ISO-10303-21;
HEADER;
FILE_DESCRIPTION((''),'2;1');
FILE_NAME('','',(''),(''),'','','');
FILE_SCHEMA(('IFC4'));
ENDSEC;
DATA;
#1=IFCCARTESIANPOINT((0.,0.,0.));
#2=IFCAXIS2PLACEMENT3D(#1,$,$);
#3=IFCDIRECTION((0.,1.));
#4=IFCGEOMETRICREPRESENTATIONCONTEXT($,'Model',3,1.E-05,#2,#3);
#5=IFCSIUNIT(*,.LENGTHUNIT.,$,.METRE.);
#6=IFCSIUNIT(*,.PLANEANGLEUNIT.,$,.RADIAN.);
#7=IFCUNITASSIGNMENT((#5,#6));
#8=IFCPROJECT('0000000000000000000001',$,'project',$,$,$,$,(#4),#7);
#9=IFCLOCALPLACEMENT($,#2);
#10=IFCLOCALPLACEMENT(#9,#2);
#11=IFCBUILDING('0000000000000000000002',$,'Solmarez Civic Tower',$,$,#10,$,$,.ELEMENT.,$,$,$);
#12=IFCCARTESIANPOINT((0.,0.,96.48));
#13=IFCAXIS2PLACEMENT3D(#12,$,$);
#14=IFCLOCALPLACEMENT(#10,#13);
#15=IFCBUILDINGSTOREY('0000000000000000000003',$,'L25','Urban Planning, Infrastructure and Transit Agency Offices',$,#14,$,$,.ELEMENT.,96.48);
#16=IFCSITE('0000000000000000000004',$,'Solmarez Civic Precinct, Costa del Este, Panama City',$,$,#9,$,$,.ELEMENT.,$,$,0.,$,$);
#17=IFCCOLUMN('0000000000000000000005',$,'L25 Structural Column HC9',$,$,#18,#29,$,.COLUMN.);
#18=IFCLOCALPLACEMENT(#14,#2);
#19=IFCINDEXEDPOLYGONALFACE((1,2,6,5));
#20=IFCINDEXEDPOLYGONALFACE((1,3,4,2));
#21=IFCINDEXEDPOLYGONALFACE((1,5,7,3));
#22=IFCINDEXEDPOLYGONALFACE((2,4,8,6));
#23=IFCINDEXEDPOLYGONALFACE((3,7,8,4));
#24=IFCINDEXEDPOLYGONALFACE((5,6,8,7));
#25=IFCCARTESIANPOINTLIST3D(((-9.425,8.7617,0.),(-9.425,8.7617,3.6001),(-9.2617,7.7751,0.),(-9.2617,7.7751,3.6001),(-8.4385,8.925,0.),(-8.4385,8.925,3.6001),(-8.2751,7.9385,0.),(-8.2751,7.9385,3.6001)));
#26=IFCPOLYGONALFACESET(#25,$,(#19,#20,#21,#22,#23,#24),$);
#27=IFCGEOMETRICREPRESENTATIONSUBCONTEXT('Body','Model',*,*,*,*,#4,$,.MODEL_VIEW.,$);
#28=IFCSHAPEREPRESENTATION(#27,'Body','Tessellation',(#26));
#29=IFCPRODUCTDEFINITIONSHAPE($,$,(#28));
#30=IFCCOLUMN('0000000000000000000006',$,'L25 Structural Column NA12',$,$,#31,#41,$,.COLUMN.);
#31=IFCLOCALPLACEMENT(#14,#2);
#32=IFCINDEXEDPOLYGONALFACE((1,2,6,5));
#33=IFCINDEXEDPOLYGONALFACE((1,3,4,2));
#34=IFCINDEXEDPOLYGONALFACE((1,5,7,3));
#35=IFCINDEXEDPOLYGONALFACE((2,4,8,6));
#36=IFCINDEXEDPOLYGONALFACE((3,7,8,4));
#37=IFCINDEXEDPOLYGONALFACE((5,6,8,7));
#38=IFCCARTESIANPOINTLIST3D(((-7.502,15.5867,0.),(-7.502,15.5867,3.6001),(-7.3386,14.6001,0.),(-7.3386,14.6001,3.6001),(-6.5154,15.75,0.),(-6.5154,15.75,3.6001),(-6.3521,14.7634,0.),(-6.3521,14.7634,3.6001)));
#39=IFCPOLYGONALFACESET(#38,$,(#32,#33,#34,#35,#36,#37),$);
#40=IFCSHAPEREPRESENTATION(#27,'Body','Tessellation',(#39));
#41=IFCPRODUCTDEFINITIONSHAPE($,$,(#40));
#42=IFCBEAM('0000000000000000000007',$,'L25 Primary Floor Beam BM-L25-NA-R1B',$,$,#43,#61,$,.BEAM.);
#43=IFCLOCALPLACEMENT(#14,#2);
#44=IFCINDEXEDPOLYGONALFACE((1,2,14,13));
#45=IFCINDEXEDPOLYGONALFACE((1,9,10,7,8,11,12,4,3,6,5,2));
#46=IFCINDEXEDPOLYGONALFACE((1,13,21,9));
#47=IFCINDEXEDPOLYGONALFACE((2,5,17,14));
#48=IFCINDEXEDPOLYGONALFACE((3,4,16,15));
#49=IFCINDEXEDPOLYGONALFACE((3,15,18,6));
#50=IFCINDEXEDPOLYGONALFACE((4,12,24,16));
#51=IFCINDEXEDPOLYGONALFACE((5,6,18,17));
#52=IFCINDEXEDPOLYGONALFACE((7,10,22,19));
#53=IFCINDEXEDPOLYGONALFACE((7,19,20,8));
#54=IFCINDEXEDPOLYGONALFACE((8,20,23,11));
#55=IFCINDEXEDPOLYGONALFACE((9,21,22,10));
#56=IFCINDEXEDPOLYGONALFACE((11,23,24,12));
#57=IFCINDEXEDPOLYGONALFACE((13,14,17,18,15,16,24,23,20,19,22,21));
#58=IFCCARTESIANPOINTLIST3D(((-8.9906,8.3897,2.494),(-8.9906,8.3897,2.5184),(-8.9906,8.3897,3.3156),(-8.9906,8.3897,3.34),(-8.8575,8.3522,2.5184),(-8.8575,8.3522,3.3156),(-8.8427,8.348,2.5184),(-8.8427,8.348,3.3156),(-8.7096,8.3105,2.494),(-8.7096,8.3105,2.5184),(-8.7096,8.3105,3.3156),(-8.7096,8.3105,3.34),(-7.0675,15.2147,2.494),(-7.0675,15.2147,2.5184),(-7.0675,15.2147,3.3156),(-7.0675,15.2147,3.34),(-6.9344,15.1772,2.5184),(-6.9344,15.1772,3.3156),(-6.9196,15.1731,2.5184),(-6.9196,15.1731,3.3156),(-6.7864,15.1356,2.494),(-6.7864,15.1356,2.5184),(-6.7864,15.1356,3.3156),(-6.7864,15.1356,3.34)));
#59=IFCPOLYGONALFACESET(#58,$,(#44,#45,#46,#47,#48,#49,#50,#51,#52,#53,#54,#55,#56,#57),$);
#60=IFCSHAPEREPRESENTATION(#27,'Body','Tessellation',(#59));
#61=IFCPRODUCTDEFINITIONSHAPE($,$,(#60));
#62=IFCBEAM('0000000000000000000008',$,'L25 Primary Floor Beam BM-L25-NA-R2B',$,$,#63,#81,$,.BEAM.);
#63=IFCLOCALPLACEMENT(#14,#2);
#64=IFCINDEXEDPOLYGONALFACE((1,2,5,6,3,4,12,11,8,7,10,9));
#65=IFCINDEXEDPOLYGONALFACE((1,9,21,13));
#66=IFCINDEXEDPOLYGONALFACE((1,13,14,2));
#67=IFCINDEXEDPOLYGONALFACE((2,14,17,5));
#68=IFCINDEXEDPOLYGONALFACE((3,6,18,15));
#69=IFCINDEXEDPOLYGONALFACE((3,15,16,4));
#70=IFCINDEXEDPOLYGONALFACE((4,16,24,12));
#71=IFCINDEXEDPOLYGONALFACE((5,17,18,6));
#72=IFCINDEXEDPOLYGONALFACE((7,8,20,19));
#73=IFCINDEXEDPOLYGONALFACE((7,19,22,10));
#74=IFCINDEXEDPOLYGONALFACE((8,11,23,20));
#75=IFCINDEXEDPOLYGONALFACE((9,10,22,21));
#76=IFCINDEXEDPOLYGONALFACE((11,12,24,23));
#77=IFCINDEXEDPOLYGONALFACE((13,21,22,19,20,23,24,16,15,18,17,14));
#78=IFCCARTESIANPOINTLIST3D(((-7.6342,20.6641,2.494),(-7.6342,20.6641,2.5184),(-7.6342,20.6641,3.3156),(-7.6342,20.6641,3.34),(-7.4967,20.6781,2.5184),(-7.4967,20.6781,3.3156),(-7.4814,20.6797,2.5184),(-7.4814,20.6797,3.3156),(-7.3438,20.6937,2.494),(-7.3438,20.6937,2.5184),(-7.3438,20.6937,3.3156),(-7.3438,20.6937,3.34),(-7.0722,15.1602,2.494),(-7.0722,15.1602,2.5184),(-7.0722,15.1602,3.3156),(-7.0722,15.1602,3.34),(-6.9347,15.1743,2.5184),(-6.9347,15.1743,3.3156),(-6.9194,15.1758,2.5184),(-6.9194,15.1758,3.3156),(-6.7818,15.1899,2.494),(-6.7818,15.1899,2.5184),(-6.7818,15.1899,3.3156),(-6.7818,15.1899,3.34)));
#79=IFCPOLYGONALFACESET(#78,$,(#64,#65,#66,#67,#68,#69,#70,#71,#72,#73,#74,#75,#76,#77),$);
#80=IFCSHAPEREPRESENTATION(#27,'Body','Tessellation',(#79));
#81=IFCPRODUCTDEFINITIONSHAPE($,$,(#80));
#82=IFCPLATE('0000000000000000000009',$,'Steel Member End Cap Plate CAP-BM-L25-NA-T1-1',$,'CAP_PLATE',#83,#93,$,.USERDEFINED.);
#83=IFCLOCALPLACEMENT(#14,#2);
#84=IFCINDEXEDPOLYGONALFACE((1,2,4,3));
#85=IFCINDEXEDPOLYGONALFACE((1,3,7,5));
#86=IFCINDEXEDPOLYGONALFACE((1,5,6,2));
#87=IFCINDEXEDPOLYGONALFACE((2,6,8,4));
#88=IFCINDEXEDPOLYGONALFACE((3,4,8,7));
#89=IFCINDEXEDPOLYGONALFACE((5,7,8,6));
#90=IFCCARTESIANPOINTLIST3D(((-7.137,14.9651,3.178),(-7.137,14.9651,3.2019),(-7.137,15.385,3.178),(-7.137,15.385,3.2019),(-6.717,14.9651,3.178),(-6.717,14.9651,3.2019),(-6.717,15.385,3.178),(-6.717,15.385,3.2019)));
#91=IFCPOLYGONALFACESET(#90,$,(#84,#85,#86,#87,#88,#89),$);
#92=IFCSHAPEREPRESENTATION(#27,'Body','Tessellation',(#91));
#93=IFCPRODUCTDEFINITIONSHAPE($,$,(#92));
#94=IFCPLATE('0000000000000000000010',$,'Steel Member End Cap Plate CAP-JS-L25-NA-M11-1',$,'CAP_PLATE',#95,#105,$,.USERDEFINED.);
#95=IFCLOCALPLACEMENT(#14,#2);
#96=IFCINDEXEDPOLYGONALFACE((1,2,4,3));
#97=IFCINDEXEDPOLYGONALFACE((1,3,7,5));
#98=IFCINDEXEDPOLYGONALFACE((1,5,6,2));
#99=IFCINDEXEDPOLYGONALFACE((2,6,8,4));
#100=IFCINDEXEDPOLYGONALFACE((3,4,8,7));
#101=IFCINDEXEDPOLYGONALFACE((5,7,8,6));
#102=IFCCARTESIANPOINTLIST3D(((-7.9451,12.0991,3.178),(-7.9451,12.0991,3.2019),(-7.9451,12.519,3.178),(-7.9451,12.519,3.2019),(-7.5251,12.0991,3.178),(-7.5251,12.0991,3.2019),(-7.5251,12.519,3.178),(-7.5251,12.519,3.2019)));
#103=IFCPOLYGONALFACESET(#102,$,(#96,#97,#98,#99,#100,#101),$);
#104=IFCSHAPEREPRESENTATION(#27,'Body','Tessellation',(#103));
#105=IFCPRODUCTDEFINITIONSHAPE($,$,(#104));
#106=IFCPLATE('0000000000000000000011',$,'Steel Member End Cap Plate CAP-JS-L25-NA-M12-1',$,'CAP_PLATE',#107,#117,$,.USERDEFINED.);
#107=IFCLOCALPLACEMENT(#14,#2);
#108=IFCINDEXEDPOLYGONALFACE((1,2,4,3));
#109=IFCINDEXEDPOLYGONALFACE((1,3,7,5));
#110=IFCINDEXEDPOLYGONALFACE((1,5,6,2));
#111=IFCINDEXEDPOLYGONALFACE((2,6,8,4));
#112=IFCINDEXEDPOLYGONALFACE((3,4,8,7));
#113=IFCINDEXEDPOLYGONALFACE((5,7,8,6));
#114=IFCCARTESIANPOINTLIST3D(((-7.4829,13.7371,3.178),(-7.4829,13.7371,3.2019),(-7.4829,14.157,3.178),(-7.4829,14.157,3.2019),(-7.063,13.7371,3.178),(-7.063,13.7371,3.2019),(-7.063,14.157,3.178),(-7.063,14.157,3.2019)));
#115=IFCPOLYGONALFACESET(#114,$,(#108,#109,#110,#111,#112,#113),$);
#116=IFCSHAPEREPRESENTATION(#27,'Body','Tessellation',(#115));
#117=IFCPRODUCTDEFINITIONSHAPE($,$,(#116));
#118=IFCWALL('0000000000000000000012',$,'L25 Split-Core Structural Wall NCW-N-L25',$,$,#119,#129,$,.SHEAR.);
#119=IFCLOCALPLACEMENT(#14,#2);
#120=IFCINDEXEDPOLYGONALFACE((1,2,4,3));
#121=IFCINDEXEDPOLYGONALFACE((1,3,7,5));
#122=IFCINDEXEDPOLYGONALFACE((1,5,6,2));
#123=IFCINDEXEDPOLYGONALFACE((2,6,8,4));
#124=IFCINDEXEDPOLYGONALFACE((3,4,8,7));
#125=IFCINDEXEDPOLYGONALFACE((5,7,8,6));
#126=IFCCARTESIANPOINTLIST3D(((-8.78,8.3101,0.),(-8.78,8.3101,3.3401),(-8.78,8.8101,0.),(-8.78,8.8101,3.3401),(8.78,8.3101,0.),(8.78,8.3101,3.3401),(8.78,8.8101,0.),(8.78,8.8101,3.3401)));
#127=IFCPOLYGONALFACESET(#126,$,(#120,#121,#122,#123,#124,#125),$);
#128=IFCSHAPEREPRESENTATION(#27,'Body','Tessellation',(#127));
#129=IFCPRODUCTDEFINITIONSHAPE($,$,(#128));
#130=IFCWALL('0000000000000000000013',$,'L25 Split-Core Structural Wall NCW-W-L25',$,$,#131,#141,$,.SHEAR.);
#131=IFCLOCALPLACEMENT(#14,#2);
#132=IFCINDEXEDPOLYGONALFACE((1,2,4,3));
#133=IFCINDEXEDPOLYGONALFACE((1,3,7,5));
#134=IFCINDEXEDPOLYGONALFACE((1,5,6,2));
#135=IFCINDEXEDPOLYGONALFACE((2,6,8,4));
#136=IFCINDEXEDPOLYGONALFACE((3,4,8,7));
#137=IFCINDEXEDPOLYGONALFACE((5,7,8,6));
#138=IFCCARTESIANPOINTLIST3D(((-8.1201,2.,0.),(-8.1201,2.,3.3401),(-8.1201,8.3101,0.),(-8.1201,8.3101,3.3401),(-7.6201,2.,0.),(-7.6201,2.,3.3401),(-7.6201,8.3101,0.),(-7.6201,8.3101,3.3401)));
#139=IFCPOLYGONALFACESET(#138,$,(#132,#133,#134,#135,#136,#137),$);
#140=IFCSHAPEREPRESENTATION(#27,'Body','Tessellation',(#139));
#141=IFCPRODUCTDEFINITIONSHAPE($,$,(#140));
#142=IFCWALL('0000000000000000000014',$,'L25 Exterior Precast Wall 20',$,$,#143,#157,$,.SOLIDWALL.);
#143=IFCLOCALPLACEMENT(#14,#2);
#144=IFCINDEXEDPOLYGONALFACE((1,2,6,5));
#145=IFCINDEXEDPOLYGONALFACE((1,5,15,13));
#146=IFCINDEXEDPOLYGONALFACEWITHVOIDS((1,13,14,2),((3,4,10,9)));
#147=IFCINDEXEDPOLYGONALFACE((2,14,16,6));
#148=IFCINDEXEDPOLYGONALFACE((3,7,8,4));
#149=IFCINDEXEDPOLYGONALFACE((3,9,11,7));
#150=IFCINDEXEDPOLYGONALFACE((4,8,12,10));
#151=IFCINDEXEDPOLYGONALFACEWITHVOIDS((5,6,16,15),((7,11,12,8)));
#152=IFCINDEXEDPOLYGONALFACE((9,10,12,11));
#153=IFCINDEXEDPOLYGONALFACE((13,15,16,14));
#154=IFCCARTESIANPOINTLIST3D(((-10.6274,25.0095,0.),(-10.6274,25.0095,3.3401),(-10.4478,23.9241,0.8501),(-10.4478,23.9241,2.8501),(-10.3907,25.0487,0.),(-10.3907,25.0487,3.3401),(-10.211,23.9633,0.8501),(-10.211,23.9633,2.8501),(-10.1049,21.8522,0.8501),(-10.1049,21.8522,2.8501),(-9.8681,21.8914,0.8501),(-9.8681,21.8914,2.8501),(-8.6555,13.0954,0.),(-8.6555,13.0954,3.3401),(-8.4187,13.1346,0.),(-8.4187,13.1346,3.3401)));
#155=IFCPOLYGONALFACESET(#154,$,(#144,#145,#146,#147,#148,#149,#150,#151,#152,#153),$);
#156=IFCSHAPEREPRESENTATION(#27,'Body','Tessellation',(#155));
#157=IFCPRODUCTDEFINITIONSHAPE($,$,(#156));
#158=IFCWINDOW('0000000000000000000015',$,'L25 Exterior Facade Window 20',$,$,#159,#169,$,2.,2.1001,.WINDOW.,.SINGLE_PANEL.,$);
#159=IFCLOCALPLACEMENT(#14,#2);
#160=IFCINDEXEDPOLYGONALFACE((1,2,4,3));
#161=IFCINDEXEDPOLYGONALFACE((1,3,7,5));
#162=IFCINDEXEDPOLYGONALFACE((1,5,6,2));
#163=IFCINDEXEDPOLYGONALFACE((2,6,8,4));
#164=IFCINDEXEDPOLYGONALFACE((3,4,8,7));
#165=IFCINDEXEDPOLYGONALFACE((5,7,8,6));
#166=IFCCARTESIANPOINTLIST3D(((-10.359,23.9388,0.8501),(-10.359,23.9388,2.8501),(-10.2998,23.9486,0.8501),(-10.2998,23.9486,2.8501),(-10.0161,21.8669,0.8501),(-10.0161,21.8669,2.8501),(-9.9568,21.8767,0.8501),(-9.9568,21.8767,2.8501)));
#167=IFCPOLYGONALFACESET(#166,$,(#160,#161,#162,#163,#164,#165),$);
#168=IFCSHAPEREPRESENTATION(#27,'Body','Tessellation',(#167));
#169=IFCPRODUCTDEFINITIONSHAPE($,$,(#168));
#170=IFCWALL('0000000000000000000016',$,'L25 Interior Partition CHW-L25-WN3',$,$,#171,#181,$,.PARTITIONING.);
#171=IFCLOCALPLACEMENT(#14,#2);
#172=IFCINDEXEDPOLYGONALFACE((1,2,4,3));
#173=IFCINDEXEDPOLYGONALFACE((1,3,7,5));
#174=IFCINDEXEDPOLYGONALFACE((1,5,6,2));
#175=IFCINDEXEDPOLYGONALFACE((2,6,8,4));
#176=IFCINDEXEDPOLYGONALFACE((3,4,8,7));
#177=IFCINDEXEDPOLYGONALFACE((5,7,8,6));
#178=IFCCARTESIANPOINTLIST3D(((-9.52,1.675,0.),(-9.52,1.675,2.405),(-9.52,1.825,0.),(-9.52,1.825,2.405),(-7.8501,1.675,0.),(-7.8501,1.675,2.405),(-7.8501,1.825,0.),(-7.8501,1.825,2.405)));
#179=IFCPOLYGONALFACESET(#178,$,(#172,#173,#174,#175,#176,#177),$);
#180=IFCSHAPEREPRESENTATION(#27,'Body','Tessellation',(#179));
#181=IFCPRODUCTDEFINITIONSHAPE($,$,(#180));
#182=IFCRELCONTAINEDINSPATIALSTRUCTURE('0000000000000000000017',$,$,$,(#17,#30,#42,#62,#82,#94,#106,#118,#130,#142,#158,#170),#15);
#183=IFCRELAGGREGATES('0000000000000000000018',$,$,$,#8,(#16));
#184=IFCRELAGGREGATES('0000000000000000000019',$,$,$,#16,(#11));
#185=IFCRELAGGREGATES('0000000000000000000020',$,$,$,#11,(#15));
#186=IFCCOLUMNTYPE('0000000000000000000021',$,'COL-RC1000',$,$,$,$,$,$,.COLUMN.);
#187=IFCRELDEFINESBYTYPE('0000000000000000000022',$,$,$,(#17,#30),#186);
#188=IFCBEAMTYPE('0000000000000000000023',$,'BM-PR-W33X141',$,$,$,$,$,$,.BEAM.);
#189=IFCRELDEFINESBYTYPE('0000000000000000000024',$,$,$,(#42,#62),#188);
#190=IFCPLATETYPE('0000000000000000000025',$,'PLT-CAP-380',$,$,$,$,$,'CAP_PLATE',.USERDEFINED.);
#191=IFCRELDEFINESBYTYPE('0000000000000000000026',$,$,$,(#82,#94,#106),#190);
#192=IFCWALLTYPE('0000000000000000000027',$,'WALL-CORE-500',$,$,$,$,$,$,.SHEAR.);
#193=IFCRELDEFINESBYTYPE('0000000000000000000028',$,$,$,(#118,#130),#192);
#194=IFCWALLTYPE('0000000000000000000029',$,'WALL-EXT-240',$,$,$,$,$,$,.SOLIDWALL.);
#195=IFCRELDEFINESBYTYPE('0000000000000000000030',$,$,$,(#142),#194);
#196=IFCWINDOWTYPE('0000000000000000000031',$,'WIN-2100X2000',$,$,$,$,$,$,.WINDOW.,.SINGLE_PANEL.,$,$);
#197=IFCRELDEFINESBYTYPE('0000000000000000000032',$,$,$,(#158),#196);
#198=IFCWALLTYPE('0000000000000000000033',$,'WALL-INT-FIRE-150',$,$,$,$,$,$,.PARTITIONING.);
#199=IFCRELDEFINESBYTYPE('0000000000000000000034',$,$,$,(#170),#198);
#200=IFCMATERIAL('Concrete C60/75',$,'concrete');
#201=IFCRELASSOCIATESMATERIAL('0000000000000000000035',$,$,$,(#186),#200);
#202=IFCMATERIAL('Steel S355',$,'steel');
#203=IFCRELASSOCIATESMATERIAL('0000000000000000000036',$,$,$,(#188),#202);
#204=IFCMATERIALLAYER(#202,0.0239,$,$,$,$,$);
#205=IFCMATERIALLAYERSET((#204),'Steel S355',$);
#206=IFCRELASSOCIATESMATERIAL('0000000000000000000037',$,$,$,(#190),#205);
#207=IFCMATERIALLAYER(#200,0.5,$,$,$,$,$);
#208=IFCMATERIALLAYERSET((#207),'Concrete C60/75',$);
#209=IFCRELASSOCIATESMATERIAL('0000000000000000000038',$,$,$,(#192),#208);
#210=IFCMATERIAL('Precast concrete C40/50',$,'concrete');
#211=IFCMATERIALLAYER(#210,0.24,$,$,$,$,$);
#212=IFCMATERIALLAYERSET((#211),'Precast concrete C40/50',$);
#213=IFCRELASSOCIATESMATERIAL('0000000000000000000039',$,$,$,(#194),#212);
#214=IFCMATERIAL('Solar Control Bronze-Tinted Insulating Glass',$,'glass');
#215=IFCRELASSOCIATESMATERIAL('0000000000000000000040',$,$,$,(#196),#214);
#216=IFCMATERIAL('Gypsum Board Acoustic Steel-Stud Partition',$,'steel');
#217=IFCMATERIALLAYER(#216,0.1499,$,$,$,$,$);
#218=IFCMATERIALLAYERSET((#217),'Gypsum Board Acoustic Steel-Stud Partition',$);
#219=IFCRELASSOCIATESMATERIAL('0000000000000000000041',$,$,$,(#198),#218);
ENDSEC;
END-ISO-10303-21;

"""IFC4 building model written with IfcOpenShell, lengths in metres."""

from ifc_helpers import new_model, si_unit, direction, frame, frame_2d, origin, origin_2d, place, context, subcontext, project, spatial, rectangle, i_section, extrude, material, layer, layer_set, material_profile, profile_set, type_object, element, fill, save


model = new_model("IFC4")

# Units and contexts
model_context = context("Model", 3, precision=1e-05, world=origin(), true_north=direction((0.0, 1.0)))
body_context = subcontext(model_context, "Body", "Model", "MODEL_VIEW")
ifc_project = project(units=[si_unit("LENGTHUNIT", "METRE"), si_unit("PLANEANGLEUNIT", "RADIAN")], contexts=[model_context])

# Site, building, storey
site_placement = place(None, origin())
site = spatial("IfcSite", under=ifc_project, at=site_placement, Name="Solmarez Civic Precinct, Costa del Este, Panama City", CompositionType="ELEMENT", RefElevation=0.0)
building_placement = place(site_placement, origin())
building = spatial("IfcBuilding", under=site, at=building_placement, Name="Solmarez Civic Tower", CompositionType="ELEMENT")
storey_placement = place(building_placement, frame((0.0, 0.0, 96.48)))
storey = spatial("IfcBuildingStorey", under=building, at=storey_placement, Name="L25", Description="Urban Planning, Infrastructure and Transit Agency Offices", CompositionType="ELEMENT", Elevation=96.48)

# Columns
ifc_material_1 = material(Name="Concrete C60/75", Category="concrete")
ifc_material_profile_1 = material_profile(ifc_material_1, rectangle(XDim=1.0, YDim=1.0, at=origin_2d()), Name="RC1000X1000")
ifc_profile_set_1 = profile_set([ifc_material_profile_1], Name="Concrete C60/75")
column_type = type_object("IfcColumnType", Name="COL-RC1000", PredefinedType="COLUMN", material=ifc_profile_set_1)
for number, where, z_axis, x_axis, name in (
    (1, (-8.8501, 8.3501, 0.0), (0.0, 0.0, 1.0), (0.986572, 0.163326, 0.0), "L25 Structural Column HC9"),
    (2, (-6.927, 15.175, 0.0), (0.0, 0.0, 1.0), (0.986572, 0.163326, 0.0), "L25 Structural Column NA12"),
):
    element("IfcColumn", number, at=place(storey_placement, frame(where, z_axis=z_axis, x_axis=x_axis)), inside=storey, type_object=column_type, Name=name, PredefinedType="COLUMN", context=body_context, shape_type="SweptSolid", body=[
        extrude(rectangle(XDim=1.0, YDim=1.0, at=origin_2d()), origin(), (0.0, 0.0, 1.0), 3.6001),
    ])

# Beams
ifc_material_2 = material(Name="Steel S355", Category="steel")
ifc_material_profile_2 = material_profile(ifc_material_2, i_section(OverallWidth=0.292, OverallDepth=0.8459, WebThickness=0.0154, FlangeThickness=0.0244, at=origin_2d()), Name="W33X141")
ifc_profile_set_2 = profile_set([ifc_material_profile_2], Name="Steel S355")
beam_type = type_object("IfcBeamType", Name="BM-PR-W33X141", PredefinedType="BEAM", material=ifc_profile_set_2)
beam_1_placement = place(storey_placement, frame((-8.8501, 8.3501, 2.917), z_axis=(0.271213, 0.962519, 0.0), x_axis=(-0.962519, 0.271213, 0.0)))
element("IfcBeam", 3, at=beam_1_placement, inside=storey, type_object=beam_type, Name="L25 Primary Floor Beam BM-L25-NA-R1B", PredefinedType="BEAM", context=body_context, shape_type="SweptSolid", body=[
    extrude(i_section(OverallWidth=0.292, OverallDepth=0.8459, WebThickness=0.0154, FlangeThickness=0.0244, at=origin_2d()), origin(), (0.0, 0.0, 1.0), 7.0908),
])
beam_2_placement = place(storey_placement, frame((-6.927, 15.175, 2.917), z_axis=(-0.101583, 0.994827, 0.0), x_axis=(-0.994827, -0.101583, 0.0)))
element("IfcBeam", 4, at=beam_2_placement, inside=storey, type_object=beam_type, Name="L25 Primary Floor Beam BM-L25-NA-R2B", PredefinedType="BEAM", context=body_context, shape_type="SweptSolid", body=[
    extrude(i_section(OverallWidth=0.292, OverallDepth=0.8459, WebThickness=0.0154, FlangeThickness=0.0244, at=origin_2d()), origin(), (0.0, 0.0, 1.0), 5.5325),
])

# Plates
ifc_layer_1 = layer(ifc_material_2, 0.0239)
ifc_layer_set_1 = layer_set([ifc_layer_1], Name="Steel S355")
plate_type = type_object("IfcPlateType", Name="PLT-CAP-380", ElementType="CAP_PLATE", PredefinedType="USERDEFINED", material=ifc_layer_set_1)
for number, where, z_axis, x_axis, name in (
    (5, (-6.927, 15.175, 3.178), (0.0, 0.0, 1.0), (1.0, 0.0, 0.0), "Steel Member End Cap Plate CAP-BM-L25-NA-T1-1"),
    (6, (-7.7351, 12.3091, 3.178), (0.0, 0.0, 1.0), (1.0, 0.0, 0.0), "Steel Member End Cap Plate CAP-JS-L25-NA-M11-1"),
    (7, (-7.2729, 13.947, 3.178), (0.0, 0.0, 1.0), (1.0, 0.0, 0.0), "Steel Member End Cap Plate CAP-JS-L25-NA-M12-1"),
):
    element("IfcPlate", number, at=place(storey_placement, frame(where, z_axis=z_axis, x_axis=x_axis)), inside=storey, type_object=plate_type, Name=name, ObjectType="CAP_PLATE", PredefinedType="USERDEFINED", context=body_context, shape_type="SweptSolid", body=[
        extrude(rectangle(XDim=0.4199, YDim=0.4199, at=origin_2d()), origin(), (0.0, 0.0, 1.0), 0.0239),
    ])

# Walls
ifc_layer_2 = layer(ifc_material_1, 0.5)
ifc_layer_set_2 = layer_set([ifc_layer_2], Name="Concrete C60/75")
wall_type_1 = type_object("IfcWallType", Name="WALL-CORE-500", PredefinedType="SHEAR", material=ifc_layer_set_2)
wall_1_placement = place(storey_placement, frame((-8.78, 8.5601, 0.0), z_axis=(0.0, 0.0, 1.0), x_axis=(1.0, 0.0, 0.0)))
element("IfcWall", 8, at=wall_1_placement, inside=storey, type_object=wall_type_1, Name="L25 Split-Core Structural Wall NCW-N-L25", PredefinedType="SHEAR", context=body_context, shape_type="SweptSolid", body=[
    extrude(rectangle(XDim=17.5601, YDim=0.5, at=frame_2d((8.78, 0.0))), origin(), (0.0, 0.0, 1.0), 3.3401),
])
wall_2_placement = place(storey_placement, frame((-7.8701, 2.0, 0.0), z_axis=(0.0, 0.0, 1.0), x_axis=(0.0, 1.0, 0.0)))
element("IfcWall", 9, at=wall_2_placement, inside=storey, type_object=wall_type_1, Name="L25 Split-Core Structural Wall NCW-W-L25", PredefinedType="SHEAR", context=body_context, shape_type="SweptSolid", body=[
    extrude(rectangle(XDim=6.3101, YDim=0.5, at=frame_2d((3.155, 0.0))), origin(), (0.0, 0.0, 1.0), 3.3401),
])

# Wall, opening, window
ifc_material_3 = material(Name="Precast concrete C40/50", Category="concrete")
ifc_layer_3 = layer(ifc_material_3, 0.24)
ifc_layer_set_3 = layer_set([ifc_layer_3], Name="Precast concrete C40/50")
wall_type_2 = type_object("IfcWallType", Name="WALL-EXT-240", PredefinedType="SOLIDWALL", material=ifc_layer_set_3)
wall_3_placement = place(storey_placement, frame((-8.5371, 13.115, 0.0), z_axis=(0.0, 0.0, 1.0), x_axis=(-0.163291, 0.986578, 0.0)))
wall_3 = element("IfcWall", 10, at=wall_3_placement, inside=storey, type_object=wall_type_2, Name="L25 Exterior Precast Wall 20", PredefinedType="SOLIDWALL", context=body_context, shape_type="SweptSolid", body=[
    extrude(rectangle(XDim=12.0762, YDim=0.24, at=frame_2d((6.0381, 0.0))), origin(), (0.0, 0.0, 1.0), 3.3401),
])
opening_placement = place(wall_3_placement, frame((8.876, 0.0, 0.8501)))
opening = element("IfcOpeningElement", 11, at=opening_placement, cuts=wall_3, PredefinedType="OPENING", context=body_context, shape_type="SweptSolid", body=[
    extrude(rectangle(XDim=2.1001, YDim=2.0, at=frame_2d((1.05, 1.0))), frame((0.0, 0.1299, 0.0), z_axis=(0.0, -1.0, 0.0), x_axis=(1.0, 0.0, 0.0)), (0.0, 0.0, 1.0), 0.26),
])
ifc_material_4 = material(Name="Solar Control Bronze-Tinted Insulating Glass", Category="glass")
window_type = type_object("IfcWindowType", Name="WIN-2100X2000", PartitioningType="SINGLE_PANEL", PredefinedType="WINDOW", material=ifc_material_4)
window_placement = place(opening_placement, origin())
window = element("IfcWindow", 12, at=window_placement, inside=storey, type_object=window_type, Name="L25 Exterior Facade Window 20", OverallHeight=2.0, OverallWidth=2.1001, PartitioningType="SINGLE_PANEL", PredefinedType="WINDOW", context=body_context, shape_type="SweptSolid", body=[
    extrude(rectangle(XDim=2.1001, YDim=2.0, at=frame_2d((1.05, 1.0))), frame((0.0, 0.03, 0.0), z_axis=(0.0, -1.0, 0.0), x_axis=(1.0, 0.0, 0.0)), (0.0, 0.0, 1.0), 0.0601),
])
fill(opening, window)

# Wall
ifc_material_5 = material(Name="Gypsum Board Acoustic Steel-Stud Partition", Category="steel")
ifc_layer_4 = layer(ifc_material_5, 0.1499)
ifc_layer_set_4 = layer_set([ifc_layer_4], Name="Gypsum Board Acoustic Steel-Stud Partition")
wall_type_3 = type_object("IfcWallType", Name="WALL-INT-FIRE-150", PredefinedType="PARTITIONING", material=ifc_layer_set_4)
wall_4_placement = place(storey_placement, frame((-7.8501, 1.75, 0.0), z_axis=(0.0, 0.0, 1.0), x_axis=(-1.0, 0.0, 0.0)))
element("IfcWall", 13, at=wall_4_placement, inside=storey, type_object=wall_type_3, Name="L25 Interior Partition CHW-L25-WN3", PredefinedType="PARTITIONING", context=body_context, shape_type="SweptSolid", body=[
    extrude(rectangle(XDim=1.6699, YDim=0.1499, at=frame_2d((0.835, 0.0))), origin(), (0.0, 0.0, 1.0), 2.405),
])

save(model, "model.ifc")
